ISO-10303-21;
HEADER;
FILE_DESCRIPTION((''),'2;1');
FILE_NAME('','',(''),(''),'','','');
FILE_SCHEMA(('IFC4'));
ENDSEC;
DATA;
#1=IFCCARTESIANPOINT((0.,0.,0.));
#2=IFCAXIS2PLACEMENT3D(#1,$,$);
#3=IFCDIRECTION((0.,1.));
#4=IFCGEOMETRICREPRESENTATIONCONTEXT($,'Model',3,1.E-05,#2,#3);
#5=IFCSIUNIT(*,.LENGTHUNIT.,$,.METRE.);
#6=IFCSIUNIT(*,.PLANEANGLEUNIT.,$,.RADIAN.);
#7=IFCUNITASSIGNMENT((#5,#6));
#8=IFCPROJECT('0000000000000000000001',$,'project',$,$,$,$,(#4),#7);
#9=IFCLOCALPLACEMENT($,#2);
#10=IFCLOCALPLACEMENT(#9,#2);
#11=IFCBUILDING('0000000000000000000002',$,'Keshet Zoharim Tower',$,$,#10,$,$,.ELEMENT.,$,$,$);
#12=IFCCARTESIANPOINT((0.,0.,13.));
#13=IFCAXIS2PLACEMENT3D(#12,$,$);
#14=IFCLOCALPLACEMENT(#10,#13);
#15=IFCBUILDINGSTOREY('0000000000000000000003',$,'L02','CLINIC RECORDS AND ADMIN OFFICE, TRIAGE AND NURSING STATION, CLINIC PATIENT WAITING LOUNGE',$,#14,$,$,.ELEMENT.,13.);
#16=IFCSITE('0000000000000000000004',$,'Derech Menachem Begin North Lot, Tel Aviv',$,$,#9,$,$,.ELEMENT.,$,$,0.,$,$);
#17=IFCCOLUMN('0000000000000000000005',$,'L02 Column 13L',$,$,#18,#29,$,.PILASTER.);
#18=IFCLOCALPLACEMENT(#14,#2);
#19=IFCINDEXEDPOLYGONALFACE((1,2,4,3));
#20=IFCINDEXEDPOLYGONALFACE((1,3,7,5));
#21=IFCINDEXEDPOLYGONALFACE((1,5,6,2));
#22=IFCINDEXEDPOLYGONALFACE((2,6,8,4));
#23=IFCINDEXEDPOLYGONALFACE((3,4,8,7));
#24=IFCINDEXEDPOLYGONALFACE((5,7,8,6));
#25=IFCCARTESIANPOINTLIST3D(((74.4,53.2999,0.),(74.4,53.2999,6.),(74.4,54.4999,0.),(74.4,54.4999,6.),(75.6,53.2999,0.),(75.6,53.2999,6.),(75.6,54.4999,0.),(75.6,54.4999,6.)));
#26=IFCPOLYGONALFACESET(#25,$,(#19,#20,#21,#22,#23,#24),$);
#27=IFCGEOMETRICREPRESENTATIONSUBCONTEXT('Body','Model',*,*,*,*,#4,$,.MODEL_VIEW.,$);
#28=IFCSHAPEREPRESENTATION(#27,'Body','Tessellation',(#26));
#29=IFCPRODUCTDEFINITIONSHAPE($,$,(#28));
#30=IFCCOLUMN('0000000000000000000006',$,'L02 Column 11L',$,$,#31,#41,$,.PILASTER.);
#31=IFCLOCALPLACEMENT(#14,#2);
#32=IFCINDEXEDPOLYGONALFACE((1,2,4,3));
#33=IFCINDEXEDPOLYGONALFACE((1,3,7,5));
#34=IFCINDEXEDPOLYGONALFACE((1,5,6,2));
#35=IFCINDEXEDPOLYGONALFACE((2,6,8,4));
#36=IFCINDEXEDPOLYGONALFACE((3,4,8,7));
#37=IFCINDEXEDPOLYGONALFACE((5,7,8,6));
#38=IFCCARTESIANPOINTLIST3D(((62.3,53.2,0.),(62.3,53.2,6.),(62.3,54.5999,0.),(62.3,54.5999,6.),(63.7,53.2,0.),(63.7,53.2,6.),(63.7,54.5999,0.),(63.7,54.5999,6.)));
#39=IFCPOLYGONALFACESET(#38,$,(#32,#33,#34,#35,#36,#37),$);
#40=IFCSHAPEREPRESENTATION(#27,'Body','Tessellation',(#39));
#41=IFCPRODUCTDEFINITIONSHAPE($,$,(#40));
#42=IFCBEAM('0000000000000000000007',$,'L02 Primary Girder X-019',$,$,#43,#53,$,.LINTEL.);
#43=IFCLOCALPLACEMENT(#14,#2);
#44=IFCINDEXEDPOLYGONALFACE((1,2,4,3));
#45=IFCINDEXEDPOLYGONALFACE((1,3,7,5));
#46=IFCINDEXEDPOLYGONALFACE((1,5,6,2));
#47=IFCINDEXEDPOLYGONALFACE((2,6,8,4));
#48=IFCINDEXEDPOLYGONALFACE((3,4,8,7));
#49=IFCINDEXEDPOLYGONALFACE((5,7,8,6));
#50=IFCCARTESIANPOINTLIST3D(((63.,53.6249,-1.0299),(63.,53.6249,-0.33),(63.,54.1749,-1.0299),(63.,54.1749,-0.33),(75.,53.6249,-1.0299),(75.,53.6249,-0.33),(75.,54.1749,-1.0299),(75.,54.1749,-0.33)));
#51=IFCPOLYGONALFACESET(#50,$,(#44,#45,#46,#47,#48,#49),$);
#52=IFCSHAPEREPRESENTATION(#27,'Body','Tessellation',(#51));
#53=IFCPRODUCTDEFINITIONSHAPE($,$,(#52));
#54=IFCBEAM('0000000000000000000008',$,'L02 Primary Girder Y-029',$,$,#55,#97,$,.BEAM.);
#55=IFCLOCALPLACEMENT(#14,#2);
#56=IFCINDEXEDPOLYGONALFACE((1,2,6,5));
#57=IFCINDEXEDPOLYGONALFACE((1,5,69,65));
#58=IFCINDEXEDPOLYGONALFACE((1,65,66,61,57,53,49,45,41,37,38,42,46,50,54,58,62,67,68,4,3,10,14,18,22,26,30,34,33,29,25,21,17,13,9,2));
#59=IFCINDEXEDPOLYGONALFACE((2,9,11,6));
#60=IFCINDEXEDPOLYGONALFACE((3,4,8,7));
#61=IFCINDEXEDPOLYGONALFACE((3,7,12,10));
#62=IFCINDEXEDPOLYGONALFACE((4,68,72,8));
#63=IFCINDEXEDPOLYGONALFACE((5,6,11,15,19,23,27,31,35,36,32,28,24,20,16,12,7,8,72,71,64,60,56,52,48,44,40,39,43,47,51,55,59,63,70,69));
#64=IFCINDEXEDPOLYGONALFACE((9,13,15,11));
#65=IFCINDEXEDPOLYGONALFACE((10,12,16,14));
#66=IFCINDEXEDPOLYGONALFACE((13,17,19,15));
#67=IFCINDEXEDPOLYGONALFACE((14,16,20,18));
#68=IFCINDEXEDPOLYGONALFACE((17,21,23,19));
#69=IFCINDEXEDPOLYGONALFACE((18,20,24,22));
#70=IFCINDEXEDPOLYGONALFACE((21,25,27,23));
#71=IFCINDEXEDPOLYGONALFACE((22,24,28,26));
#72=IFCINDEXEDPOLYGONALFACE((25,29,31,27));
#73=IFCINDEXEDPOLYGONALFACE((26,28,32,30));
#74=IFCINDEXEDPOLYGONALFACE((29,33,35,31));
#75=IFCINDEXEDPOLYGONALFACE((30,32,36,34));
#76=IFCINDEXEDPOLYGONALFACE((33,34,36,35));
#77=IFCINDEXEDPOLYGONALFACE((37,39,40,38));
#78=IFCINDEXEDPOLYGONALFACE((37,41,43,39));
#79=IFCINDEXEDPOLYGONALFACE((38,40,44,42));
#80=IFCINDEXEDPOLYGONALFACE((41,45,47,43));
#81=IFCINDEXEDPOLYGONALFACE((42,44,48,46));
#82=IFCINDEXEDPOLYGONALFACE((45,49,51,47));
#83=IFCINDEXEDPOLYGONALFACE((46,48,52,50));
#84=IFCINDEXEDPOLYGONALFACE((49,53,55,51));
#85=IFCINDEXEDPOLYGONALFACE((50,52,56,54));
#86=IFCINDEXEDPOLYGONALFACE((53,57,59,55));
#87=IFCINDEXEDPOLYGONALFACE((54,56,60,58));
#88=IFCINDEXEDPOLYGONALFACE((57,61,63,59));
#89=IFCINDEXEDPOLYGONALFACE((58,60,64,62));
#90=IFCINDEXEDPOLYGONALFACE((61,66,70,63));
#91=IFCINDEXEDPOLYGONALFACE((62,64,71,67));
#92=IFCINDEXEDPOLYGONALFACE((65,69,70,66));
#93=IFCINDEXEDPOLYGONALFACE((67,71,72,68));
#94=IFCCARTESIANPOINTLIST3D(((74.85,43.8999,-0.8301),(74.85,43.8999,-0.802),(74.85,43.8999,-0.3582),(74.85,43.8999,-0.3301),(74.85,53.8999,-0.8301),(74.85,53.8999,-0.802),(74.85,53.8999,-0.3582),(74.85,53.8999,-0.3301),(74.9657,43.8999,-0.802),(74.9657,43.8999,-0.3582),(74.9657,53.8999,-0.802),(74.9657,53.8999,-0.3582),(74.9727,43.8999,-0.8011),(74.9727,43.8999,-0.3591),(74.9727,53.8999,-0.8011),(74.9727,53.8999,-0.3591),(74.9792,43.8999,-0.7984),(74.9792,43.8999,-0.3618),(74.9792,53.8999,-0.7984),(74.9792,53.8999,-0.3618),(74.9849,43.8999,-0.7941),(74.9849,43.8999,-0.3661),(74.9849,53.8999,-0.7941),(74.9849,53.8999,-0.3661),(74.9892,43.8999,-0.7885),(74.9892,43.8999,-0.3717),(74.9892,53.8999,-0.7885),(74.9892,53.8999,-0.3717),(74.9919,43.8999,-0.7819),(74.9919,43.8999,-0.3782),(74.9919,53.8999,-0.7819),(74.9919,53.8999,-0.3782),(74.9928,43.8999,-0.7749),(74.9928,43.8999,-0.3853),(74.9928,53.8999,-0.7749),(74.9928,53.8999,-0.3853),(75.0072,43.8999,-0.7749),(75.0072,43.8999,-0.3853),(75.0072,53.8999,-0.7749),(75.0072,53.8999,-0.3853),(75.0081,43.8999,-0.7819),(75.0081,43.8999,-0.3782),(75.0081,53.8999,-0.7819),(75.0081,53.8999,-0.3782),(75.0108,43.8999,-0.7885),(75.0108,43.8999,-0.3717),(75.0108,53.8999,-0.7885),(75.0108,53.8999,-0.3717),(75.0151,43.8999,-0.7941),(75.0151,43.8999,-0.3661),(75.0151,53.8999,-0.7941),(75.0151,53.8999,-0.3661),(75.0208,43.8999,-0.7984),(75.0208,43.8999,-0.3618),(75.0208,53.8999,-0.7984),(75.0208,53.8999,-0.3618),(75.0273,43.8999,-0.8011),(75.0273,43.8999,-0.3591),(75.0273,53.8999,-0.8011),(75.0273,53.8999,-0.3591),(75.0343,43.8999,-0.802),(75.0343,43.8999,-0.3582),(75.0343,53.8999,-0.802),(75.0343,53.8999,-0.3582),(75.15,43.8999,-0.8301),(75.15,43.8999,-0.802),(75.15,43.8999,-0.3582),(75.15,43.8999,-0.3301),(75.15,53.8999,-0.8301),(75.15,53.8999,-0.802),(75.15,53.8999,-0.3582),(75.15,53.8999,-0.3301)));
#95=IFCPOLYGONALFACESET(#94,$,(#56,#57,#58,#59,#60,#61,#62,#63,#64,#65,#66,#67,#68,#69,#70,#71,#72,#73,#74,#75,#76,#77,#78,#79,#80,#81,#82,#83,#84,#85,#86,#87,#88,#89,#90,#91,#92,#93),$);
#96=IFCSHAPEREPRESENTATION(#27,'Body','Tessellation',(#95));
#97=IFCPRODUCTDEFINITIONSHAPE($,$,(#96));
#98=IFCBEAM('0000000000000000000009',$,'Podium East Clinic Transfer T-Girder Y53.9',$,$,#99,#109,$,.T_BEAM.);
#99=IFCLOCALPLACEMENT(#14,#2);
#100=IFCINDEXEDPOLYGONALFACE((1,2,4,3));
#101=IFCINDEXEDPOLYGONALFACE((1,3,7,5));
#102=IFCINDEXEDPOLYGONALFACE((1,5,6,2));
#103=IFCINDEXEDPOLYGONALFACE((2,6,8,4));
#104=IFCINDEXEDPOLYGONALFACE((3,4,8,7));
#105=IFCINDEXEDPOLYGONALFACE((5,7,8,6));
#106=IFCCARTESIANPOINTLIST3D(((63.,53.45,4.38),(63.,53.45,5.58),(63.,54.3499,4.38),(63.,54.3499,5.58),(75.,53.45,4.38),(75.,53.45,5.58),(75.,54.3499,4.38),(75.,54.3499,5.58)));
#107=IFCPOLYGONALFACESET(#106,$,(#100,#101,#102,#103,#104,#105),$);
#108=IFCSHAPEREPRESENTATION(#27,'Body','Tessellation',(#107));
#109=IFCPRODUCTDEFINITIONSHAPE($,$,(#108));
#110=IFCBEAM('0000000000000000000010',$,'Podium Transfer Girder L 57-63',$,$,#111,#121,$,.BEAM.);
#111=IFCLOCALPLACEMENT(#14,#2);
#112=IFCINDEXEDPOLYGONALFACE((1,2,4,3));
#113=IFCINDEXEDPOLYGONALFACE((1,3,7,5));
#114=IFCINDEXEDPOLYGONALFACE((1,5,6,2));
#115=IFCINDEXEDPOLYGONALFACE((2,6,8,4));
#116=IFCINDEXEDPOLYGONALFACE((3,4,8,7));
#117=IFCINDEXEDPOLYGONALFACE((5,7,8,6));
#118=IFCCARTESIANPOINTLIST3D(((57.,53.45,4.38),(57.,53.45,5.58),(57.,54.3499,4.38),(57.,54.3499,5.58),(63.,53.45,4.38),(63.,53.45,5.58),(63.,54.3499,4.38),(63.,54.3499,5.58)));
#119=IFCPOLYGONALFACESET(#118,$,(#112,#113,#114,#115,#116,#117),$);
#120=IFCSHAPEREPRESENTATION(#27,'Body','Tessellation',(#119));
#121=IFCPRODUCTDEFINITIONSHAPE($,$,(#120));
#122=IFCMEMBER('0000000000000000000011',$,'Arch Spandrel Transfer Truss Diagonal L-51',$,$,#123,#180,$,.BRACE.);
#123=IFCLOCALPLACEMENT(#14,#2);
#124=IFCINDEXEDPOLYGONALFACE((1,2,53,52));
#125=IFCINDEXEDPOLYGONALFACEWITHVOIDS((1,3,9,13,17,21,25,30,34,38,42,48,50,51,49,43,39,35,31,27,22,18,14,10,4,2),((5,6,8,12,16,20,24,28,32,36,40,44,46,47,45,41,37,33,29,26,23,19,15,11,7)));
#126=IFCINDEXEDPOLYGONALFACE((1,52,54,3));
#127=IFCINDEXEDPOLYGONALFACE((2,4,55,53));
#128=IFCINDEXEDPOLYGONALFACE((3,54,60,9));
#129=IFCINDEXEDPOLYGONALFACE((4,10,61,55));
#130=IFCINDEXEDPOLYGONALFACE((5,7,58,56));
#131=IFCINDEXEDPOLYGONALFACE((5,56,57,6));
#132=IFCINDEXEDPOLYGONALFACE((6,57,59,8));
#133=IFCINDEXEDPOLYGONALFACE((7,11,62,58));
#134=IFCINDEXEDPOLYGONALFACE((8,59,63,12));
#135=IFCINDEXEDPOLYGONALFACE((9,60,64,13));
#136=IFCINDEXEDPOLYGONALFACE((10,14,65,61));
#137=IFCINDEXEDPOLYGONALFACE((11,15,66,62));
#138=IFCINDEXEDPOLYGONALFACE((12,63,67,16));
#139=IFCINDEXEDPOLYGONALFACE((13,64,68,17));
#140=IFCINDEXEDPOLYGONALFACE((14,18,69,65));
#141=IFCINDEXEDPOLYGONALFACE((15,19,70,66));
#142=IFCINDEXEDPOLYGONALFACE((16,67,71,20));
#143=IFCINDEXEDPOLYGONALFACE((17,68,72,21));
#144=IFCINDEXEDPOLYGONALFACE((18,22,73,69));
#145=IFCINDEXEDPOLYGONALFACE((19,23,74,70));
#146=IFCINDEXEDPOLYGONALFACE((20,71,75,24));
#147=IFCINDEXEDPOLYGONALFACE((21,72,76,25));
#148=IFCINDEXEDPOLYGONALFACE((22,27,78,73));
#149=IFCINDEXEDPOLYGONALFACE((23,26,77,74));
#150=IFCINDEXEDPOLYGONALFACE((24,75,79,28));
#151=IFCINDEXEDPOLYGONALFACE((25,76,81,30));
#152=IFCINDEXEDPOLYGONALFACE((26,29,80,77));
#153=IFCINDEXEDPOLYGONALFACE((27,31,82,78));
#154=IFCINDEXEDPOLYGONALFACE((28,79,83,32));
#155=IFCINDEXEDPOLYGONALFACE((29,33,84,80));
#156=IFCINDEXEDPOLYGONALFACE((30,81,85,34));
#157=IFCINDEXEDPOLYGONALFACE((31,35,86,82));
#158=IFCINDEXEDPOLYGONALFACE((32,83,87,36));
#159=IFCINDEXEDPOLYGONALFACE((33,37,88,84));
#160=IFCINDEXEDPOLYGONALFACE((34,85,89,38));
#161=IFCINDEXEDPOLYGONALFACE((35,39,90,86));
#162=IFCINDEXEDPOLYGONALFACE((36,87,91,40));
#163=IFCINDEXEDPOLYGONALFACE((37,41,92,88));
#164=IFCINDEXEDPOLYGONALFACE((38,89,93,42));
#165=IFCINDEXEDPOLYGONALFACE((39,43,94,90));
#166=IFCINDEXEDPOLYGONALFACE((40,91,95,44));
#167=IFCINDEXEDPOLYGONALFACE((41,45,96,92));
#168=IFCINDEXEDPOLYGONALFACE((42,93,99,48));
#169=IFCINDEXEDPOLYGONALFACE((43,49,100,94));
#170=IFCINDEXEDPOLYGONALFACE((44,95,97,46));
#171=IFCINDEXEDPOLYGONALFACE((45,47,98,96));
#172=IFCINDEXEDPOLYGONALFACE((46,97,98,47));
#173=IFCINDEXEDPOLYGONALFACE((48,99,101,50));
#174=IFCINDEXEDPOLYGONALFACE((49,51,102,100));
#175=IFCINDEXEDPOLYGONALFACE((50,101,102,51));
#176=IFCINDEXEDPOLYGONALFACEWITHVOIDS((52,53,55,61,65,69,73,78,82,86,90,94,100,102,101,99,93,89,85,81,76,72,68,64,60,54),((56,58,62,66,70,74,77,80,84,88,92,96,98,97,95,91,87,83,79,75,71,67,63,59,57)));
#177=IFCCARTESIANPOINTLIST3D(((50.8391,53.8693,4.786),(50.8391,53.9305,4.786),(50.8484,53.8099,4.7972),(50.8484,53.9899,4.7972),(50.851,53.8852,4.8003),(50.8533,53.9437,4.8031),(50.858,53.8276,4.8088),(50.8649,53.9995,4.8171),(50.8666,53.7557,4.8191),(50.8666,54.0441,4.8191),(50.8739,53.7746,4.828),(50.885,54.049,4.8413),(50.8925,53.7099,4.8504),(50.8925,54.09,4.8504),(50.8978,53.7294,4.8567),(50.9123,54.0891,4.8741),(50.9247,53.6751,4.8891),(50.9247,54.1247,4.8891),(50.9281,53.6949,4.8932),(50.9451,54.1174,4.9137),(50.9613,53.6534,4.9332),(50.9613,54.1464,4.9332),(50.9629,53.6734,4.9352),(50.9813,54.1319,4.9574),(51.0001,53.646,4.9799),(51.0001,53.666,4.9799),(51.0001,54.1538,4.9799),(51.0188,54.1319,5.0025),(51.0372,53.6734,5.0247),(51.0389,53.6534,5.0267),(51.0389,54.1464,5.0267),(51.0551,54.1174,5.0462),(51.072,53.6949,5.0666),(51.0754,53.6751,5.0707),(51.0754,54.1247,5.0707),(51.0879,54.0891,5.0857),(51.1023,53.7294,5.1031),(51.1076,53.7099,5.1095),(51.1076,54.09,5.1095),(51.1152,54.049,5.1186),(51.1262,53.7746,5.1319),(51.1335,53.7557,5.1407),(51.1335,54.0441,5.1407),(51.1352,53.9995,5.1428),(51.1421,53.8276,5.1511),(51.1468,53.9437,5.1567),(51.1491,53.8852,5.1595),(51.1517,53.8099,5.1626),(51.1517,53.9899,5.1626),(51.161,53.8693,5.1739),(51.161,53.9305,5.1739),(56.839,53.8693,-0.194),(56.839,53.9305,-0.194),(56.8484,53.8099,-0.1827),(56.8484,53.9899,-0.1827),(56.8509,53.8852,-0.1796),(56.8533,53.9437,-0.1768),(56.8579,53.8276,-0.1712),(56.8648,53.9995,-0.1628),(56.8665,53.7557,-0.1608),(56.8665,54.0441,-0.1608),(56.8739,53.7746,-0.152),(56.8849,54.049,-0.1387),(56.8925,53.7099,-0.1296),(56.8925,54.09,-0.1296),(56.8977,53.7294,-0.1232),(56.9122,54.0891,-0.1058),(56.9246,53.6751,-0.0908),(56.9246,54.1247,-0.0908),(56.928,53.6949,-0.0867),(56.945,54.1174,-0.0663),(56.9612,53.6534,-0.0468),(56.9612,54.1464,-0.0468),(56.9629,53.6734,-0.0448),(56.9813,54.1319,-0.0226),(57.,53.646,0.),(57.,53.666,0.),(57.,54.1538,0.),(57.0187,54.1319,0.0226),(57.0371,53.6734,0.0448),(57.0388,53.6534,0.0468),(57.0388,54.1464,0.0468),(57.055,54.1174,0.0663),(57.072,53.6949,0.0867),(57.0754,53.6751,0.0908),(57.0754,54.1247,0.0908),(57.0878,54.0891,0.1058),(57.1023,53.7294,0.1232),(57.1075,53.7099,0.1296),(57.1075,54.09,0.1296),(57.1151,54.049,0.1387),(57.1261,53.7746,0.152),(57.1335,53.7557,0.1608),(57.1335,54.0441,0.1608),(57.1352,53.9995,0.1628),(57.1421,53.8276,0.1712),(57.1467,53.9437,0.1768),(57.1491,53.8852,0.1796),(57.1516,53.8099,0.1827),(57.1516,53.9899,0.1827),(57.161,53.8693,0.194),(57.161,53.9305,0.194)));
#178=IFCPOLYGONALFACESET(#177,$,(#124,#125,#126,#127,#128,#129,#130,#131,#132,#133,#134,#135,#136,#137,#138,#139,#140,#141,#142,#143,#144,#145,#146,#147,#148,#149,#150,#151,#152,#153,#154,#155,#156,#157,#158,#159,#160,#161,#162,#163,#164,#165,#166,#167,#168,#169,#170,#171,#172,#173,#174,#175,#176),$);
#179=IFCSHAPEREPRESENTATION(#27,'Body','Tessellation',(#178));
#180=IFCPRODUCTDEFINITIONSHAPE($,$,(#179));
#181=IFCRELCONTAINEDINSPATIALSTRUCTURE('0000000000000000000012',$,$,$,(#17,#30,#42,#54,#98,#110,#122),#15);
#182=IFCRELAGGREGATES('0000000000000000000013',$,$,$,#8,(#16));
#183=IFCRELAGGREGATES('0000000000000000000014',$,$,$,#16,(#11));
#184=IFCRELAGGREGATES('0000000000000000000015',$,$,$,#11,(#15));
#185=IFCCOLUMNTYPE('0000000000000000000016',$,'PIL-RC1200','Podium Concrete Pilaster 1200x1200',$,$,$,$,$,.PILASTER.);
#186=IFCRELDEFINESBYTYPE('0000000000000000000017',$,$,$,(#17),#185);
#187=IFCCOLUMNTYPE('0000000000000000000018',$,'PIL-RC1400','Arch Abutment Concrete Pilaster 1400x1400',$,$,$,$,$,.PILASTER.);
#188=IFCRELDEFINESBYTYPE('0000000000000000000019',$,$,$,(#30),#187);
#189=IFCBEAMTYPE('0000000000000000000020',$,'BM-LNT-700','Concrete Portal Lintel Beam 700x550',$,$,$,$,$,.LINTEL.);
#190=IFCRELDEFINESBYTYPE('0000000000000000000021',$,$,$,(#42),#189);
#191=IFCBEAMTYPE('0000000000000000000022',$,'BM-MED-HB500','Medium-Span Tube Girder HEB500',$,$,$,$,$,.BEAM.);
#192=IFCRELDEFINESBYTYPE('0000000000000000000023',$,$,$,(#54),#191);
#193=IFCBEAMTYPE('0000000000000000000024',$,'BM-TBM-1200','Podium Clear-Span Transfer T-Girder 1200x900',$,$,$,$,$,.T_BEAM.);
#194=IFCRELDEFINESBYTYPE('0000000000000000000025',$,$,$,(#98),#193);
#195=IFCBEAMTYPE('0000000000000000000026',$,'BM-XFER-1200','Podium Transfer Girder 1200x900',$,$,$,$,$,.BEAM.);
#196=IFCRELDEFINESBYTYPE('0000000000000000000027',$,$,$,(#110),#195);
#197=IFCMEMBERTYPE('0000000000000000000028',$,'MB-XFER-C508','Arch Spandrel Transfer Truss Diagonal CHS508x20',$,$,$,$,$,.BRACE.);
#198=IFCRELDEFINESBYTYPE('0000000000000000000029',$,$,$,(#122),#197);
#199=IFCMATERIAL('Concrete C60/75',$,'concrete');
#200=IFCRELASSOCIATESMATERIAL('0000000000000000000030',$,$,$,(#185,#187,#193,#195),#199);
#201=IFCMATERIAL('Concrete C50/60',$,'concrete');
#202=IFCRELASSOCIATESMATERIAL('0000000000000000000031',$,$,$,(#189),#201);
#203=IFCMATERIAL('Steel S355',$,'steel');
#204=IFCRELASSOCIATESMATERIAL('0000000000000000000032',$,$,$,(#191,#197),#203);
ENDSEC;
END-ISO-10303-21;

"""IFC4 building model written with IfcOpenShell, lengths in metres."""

from ifc_helpers import new_model, si_unit, direction, frame, origin, origin_2d, place, context, subcontext, project, spatial, rectangle, hollow_circle, i_section, extrude, material, material_profile, profile_set, type_object, element, save


model = new_model("IFC4")

# Units and contexts
model_context = context("Model", 3, precision=1e-05, world=origin(), true_north=direction((0.0, 1.0)))
body_context = subcontext(model_context, "Body", "Model", "MODEL_VIEW")
ifc_project = project(units=[si_unit("LENGTHUNIT", "METRE"), si_unit("PLANEANGLEUNIT", "RADIAN")], contexts=[model_context])

# Site, building, storey
site_placement = place(None, origin())
site = spatial("IfcSite", under=ifc_project, at=site_placement, Name="Derech Menachem Begin North Lot, Tel Aviv", CompositionType="ELEMENT", RefElevation=0.0)
building_placement = place(site_placement, origin())
building = spatial("IfcBuilding", under=site, at=building_placement, Name="Keshet Zoharim Tower", CompositionType="ELEMENT")
storey_placement = place(building_placement, frame((0.0, 0.0, 13.0)))
storey = spatial("IfcBuildingStorey", under=building, at=storey_placement, Name="L02", Description="CLINIC RECORDS AND ADMIN OFFICE, TRIAGE AND NURSING STATION, CLINIC PATIENT WAITING LOUNGE", CompositionType="ELEMENT", Elevation=13.0)

# Columns
ifc_material_1 = material(Name="Concrete C60/75", Category="concrete")
ifc_material_profile_1 = material_profile(ifc_material_1, rectangle(XDim=1.2, YDim=1.2, at=origin_2d()), Name="RC1200x1200")
ifc_profile_set_1 = profile_set([ifc_material_profile_1], Name="Concrete C60/75")
column_type_1 = type_object("IfcColumnType", Name="PIL-RC1200", Description="Podium Concrete Pilaster 1200x1200", PredefinedType="PILASTER", material=ifc_profile_set_1)
column_1_placement = place(storey_placement, frame((75.0, 53.8999, 0.0), z_axis=(0.0, 0.0, 1.0), x_axis=(1.0, 0.0, 0.0)))
element("IfcColumn", 1, at=column_1_placement, inside=storey, type_object=column_type_1, Name="L02 Column 13L", PredefinedType="PILASTER", context=body_context, shape_type="SweptSolid", body=[
    extrude(rectangle(XDim=1.2, YDim=1.2, at=origin_2d()), origin(), (0.0, 0.0, 1.0), 6.0),
])
ifc_material_profile_2 = material_profile(ifc_material_1, rectangle(XDim=1.3999, YDim=1.3999, at=origin_2d()), Name="RC1400x1400")
ifc_profile_set_2 = profile_set([ifc_material_profile_2], Name="Concrete C60/75")
column_type_2 = type_object("IfcColumnType", Name="PIL-RC1400", Description="Arch Abutment Concrete Pilaster 1400x1400", PredefinedType="PILASTER", material=ifc_profile_set_2)
column_2_placement = place(storey_placement, frame((63.0, 53.8999, 0.0), z_axis=(0.0, 0.0, 1.0), x_axis=(1.0, 0.0, 0.0)))
element("IfcColumn", 2, at=column_2_placement, inside=storey, type_object=column_type_2, Name="L02 Column 11L", PredefinedType="PILASTER", context=body_context, shape_type="SweptSolid", body=[
    extrude(rectangle(XDim=1.3999, YDim=1.3999, at=origin_2d()), origin(), (0.0, 0.0, 1.0), 6.0),
])

# Beams
ifc_material_2 = material(Name="Concrete C50/60", Category="concrete")
ifc_material_profile_3 = material_profile(ifc_material_2, rectangle(XDim=0.55, YDim=0.7, at=origin_2d()), Name="RC700x550")
ifc_profile_set_3 = profile_set([ifc_material_profile_3], Name="Concrete C50/60")
beam_type_1 = type_object("IfcBeamType", Name="BM-LNT-700", Description="Concrete Portal Lintel Beam 700x550", PredefinedType="LINTEL", material=ifc_profile_set_3)
beam_1_placement = place(storey_placement, frame((63.0, 53.8999, -0.6799), z_axis=(1.0, 0.0, 0.0), x_axis=(0.0, 1.0, 0.0)))
element("IfcBeam", 3, at=beam_1_placement, inside=storey, type_object=beam_type_1, Name="L02 Primary Girder X-019", PredefinedType="LINTEL", context=body_context, shape_type="SweptSolid", body=[
    extrude(rectangle(XDim=0.55, YDim=0.7, at=origin_2d()), origin(), (0.0, 0.0, 1.0), 12.0),
])
ifc_material_3 = material(Name="Steel S355", Category="steel")
ifc_material_profile_4 = material_profile(ifc_material_3, i_section(OverallWidth=0.3, OverallDepth=0.5, WebThickness=0.0144, FlangeThickness=0.0281, FilletRadius=0.0271, at=origin_2d()), Name="HEB500")
ifc_profile_set_4 = profile_set([ifc_material_profile_4], Name="Steel S355")
beam_type_2 = type_object("IfcBeamType", Name="BM-MED-HB500", Description="Medium-Span Tube Girder HEB500", PredefinedType="BEAM", material=ifc_profile_set_4)
beam_2_placement = place(storey_placement, frame((75.0, 43.8999, -0.5801), z_axis=(0.0, 1.0, 0.0), x_axis=(-1.0, 0.0, 0.0)))
element("IfcBeam", 4, at=beam_2_placement, inside=storey, type_object=beam_type_2, Name="L02 Primary Girder Y-029", PredefinedType="BEAM", context=body_context, shape_type="SweptSolid", body=[
    extrude(i_section(OverallWidth=0.3, OverallDepth=0.5, WebThickness=0.0144, FlangeThickness=0.0281, FilletRadius=0.0271, at=origin_2d()), origin(), (0.0, 0.0, 1.0), 10.0),
])
ifc_material_profile_5 = material_profile(ifc_material_1, rectangle(XDim=0.8999, YDim=1.2, at=origin_2d()), Name="RC1200x900")
ifc_profile_set_5 = profile_set([ifc_material_profile_5], Name="Concrete C60/75")
beam_type_3 = type_object("IfcBeamType", Name="BM-TBM-1200", Description="Podium Clear-Span Transfer T-Girder 1200x900", PredefinedType="T_BEAM", material=ifc_profile_set_5)
beam_3_placement = place(storey_placement, frame((63.0, 53.8999, 4.98), z_axis=(1.0, 0.0, 0.0), x_axis=(0.0, 1.0, 0.0)))
element("IfcBeam", 5, at=beam_3_placement, inside=storey, type_object=beam_type_3, Name="Podium East Clinic Transfer T-Girder Y53.9", PredefinedType="T_BEAM", context=body_context, shape_type="SweptSolid", body=[
    extrude(rectangle(XDim=0.8999, YDim=1.2, at=origin_2d()), origin(), (0.0, 0.0, 1.0), 12.0),
])
ifc_material_profile_6 = material_profile(ifc_material_1, rectangle(XDim=0.8999, YDim=1.2, at=origin_2d()), Name="RC1200x900")
ifc_profile_set_6 = profile_set([ifc_material_profile_6], Name="Concrete C60/75")
beam_type_4 = type_object("IfcBeamType", Name="BM-XFER-1200", Description="Podium Transfer Girder 1200x900", PredefinedType="BEAM", material=ifc_profile_set_6)
beam_4_placement = place(storey_placement, frame((57.0, 53.8999, 4.98), z_axis=(1.0, 0.0, 0.0), x_axis=(0.0, 1.0, 0.0)))
element("IfcBeam", 6, at=beam_4_placement, inside=storey, type_object=beam_type_4, Name="Podium Transfer Girder L 57-63", PredefinedType="BEAM", context=body_context, shape_type="SweptSolid", body=[
    extrude(rectangle(XDim=0.8999, YDim=1.2, at=origin_2d()), origin(), (0.0, 0.0, 1.0), 6.0),
])

# Member
ifc_material_profile_7 = material_profile(ifc_material_3, hollow_circle(Radius=0.2539, WallThickness=0.02, at=origin_2d()), Name="CHS508x20")
ifc_profile_set_7 = profile_set([ifc_material_profile_7], Name="Steel S355")
member_type = type_object("IfcMemberType", Name="MB-XFER-C508", Description="Arch Spandrel Transfer Truss Diagonal CHS508x20", PredefinedType="BRACE", material=ifc_profile_set_7)
for number, where, z_axis, x_axis, name in (
    (7, (57.0, 53.8999, 0.0), (-0.769482, 0.0, 0.638668), (0.0, -1.0, 0.0), "Arch Spandrel Transfer Truss Diagonal L-51"),
):
    element("IfcMember", number, at=place(storey_placement, frame(where, z_axis=z_axis, x_axis=x_axis)), inside=storey, type_object=member_type, Name=name, PredefinedType="BRACE", context=body_context, shape_type="SweptSolid", body=[
        extrude(hollow_circle(Radius=0.2539, WallThickness=0.02, at=origin_2d()), origin(), (0.0, 0.0, 1.0), 7.7974),
    ])

save(model, "model.ifc")
